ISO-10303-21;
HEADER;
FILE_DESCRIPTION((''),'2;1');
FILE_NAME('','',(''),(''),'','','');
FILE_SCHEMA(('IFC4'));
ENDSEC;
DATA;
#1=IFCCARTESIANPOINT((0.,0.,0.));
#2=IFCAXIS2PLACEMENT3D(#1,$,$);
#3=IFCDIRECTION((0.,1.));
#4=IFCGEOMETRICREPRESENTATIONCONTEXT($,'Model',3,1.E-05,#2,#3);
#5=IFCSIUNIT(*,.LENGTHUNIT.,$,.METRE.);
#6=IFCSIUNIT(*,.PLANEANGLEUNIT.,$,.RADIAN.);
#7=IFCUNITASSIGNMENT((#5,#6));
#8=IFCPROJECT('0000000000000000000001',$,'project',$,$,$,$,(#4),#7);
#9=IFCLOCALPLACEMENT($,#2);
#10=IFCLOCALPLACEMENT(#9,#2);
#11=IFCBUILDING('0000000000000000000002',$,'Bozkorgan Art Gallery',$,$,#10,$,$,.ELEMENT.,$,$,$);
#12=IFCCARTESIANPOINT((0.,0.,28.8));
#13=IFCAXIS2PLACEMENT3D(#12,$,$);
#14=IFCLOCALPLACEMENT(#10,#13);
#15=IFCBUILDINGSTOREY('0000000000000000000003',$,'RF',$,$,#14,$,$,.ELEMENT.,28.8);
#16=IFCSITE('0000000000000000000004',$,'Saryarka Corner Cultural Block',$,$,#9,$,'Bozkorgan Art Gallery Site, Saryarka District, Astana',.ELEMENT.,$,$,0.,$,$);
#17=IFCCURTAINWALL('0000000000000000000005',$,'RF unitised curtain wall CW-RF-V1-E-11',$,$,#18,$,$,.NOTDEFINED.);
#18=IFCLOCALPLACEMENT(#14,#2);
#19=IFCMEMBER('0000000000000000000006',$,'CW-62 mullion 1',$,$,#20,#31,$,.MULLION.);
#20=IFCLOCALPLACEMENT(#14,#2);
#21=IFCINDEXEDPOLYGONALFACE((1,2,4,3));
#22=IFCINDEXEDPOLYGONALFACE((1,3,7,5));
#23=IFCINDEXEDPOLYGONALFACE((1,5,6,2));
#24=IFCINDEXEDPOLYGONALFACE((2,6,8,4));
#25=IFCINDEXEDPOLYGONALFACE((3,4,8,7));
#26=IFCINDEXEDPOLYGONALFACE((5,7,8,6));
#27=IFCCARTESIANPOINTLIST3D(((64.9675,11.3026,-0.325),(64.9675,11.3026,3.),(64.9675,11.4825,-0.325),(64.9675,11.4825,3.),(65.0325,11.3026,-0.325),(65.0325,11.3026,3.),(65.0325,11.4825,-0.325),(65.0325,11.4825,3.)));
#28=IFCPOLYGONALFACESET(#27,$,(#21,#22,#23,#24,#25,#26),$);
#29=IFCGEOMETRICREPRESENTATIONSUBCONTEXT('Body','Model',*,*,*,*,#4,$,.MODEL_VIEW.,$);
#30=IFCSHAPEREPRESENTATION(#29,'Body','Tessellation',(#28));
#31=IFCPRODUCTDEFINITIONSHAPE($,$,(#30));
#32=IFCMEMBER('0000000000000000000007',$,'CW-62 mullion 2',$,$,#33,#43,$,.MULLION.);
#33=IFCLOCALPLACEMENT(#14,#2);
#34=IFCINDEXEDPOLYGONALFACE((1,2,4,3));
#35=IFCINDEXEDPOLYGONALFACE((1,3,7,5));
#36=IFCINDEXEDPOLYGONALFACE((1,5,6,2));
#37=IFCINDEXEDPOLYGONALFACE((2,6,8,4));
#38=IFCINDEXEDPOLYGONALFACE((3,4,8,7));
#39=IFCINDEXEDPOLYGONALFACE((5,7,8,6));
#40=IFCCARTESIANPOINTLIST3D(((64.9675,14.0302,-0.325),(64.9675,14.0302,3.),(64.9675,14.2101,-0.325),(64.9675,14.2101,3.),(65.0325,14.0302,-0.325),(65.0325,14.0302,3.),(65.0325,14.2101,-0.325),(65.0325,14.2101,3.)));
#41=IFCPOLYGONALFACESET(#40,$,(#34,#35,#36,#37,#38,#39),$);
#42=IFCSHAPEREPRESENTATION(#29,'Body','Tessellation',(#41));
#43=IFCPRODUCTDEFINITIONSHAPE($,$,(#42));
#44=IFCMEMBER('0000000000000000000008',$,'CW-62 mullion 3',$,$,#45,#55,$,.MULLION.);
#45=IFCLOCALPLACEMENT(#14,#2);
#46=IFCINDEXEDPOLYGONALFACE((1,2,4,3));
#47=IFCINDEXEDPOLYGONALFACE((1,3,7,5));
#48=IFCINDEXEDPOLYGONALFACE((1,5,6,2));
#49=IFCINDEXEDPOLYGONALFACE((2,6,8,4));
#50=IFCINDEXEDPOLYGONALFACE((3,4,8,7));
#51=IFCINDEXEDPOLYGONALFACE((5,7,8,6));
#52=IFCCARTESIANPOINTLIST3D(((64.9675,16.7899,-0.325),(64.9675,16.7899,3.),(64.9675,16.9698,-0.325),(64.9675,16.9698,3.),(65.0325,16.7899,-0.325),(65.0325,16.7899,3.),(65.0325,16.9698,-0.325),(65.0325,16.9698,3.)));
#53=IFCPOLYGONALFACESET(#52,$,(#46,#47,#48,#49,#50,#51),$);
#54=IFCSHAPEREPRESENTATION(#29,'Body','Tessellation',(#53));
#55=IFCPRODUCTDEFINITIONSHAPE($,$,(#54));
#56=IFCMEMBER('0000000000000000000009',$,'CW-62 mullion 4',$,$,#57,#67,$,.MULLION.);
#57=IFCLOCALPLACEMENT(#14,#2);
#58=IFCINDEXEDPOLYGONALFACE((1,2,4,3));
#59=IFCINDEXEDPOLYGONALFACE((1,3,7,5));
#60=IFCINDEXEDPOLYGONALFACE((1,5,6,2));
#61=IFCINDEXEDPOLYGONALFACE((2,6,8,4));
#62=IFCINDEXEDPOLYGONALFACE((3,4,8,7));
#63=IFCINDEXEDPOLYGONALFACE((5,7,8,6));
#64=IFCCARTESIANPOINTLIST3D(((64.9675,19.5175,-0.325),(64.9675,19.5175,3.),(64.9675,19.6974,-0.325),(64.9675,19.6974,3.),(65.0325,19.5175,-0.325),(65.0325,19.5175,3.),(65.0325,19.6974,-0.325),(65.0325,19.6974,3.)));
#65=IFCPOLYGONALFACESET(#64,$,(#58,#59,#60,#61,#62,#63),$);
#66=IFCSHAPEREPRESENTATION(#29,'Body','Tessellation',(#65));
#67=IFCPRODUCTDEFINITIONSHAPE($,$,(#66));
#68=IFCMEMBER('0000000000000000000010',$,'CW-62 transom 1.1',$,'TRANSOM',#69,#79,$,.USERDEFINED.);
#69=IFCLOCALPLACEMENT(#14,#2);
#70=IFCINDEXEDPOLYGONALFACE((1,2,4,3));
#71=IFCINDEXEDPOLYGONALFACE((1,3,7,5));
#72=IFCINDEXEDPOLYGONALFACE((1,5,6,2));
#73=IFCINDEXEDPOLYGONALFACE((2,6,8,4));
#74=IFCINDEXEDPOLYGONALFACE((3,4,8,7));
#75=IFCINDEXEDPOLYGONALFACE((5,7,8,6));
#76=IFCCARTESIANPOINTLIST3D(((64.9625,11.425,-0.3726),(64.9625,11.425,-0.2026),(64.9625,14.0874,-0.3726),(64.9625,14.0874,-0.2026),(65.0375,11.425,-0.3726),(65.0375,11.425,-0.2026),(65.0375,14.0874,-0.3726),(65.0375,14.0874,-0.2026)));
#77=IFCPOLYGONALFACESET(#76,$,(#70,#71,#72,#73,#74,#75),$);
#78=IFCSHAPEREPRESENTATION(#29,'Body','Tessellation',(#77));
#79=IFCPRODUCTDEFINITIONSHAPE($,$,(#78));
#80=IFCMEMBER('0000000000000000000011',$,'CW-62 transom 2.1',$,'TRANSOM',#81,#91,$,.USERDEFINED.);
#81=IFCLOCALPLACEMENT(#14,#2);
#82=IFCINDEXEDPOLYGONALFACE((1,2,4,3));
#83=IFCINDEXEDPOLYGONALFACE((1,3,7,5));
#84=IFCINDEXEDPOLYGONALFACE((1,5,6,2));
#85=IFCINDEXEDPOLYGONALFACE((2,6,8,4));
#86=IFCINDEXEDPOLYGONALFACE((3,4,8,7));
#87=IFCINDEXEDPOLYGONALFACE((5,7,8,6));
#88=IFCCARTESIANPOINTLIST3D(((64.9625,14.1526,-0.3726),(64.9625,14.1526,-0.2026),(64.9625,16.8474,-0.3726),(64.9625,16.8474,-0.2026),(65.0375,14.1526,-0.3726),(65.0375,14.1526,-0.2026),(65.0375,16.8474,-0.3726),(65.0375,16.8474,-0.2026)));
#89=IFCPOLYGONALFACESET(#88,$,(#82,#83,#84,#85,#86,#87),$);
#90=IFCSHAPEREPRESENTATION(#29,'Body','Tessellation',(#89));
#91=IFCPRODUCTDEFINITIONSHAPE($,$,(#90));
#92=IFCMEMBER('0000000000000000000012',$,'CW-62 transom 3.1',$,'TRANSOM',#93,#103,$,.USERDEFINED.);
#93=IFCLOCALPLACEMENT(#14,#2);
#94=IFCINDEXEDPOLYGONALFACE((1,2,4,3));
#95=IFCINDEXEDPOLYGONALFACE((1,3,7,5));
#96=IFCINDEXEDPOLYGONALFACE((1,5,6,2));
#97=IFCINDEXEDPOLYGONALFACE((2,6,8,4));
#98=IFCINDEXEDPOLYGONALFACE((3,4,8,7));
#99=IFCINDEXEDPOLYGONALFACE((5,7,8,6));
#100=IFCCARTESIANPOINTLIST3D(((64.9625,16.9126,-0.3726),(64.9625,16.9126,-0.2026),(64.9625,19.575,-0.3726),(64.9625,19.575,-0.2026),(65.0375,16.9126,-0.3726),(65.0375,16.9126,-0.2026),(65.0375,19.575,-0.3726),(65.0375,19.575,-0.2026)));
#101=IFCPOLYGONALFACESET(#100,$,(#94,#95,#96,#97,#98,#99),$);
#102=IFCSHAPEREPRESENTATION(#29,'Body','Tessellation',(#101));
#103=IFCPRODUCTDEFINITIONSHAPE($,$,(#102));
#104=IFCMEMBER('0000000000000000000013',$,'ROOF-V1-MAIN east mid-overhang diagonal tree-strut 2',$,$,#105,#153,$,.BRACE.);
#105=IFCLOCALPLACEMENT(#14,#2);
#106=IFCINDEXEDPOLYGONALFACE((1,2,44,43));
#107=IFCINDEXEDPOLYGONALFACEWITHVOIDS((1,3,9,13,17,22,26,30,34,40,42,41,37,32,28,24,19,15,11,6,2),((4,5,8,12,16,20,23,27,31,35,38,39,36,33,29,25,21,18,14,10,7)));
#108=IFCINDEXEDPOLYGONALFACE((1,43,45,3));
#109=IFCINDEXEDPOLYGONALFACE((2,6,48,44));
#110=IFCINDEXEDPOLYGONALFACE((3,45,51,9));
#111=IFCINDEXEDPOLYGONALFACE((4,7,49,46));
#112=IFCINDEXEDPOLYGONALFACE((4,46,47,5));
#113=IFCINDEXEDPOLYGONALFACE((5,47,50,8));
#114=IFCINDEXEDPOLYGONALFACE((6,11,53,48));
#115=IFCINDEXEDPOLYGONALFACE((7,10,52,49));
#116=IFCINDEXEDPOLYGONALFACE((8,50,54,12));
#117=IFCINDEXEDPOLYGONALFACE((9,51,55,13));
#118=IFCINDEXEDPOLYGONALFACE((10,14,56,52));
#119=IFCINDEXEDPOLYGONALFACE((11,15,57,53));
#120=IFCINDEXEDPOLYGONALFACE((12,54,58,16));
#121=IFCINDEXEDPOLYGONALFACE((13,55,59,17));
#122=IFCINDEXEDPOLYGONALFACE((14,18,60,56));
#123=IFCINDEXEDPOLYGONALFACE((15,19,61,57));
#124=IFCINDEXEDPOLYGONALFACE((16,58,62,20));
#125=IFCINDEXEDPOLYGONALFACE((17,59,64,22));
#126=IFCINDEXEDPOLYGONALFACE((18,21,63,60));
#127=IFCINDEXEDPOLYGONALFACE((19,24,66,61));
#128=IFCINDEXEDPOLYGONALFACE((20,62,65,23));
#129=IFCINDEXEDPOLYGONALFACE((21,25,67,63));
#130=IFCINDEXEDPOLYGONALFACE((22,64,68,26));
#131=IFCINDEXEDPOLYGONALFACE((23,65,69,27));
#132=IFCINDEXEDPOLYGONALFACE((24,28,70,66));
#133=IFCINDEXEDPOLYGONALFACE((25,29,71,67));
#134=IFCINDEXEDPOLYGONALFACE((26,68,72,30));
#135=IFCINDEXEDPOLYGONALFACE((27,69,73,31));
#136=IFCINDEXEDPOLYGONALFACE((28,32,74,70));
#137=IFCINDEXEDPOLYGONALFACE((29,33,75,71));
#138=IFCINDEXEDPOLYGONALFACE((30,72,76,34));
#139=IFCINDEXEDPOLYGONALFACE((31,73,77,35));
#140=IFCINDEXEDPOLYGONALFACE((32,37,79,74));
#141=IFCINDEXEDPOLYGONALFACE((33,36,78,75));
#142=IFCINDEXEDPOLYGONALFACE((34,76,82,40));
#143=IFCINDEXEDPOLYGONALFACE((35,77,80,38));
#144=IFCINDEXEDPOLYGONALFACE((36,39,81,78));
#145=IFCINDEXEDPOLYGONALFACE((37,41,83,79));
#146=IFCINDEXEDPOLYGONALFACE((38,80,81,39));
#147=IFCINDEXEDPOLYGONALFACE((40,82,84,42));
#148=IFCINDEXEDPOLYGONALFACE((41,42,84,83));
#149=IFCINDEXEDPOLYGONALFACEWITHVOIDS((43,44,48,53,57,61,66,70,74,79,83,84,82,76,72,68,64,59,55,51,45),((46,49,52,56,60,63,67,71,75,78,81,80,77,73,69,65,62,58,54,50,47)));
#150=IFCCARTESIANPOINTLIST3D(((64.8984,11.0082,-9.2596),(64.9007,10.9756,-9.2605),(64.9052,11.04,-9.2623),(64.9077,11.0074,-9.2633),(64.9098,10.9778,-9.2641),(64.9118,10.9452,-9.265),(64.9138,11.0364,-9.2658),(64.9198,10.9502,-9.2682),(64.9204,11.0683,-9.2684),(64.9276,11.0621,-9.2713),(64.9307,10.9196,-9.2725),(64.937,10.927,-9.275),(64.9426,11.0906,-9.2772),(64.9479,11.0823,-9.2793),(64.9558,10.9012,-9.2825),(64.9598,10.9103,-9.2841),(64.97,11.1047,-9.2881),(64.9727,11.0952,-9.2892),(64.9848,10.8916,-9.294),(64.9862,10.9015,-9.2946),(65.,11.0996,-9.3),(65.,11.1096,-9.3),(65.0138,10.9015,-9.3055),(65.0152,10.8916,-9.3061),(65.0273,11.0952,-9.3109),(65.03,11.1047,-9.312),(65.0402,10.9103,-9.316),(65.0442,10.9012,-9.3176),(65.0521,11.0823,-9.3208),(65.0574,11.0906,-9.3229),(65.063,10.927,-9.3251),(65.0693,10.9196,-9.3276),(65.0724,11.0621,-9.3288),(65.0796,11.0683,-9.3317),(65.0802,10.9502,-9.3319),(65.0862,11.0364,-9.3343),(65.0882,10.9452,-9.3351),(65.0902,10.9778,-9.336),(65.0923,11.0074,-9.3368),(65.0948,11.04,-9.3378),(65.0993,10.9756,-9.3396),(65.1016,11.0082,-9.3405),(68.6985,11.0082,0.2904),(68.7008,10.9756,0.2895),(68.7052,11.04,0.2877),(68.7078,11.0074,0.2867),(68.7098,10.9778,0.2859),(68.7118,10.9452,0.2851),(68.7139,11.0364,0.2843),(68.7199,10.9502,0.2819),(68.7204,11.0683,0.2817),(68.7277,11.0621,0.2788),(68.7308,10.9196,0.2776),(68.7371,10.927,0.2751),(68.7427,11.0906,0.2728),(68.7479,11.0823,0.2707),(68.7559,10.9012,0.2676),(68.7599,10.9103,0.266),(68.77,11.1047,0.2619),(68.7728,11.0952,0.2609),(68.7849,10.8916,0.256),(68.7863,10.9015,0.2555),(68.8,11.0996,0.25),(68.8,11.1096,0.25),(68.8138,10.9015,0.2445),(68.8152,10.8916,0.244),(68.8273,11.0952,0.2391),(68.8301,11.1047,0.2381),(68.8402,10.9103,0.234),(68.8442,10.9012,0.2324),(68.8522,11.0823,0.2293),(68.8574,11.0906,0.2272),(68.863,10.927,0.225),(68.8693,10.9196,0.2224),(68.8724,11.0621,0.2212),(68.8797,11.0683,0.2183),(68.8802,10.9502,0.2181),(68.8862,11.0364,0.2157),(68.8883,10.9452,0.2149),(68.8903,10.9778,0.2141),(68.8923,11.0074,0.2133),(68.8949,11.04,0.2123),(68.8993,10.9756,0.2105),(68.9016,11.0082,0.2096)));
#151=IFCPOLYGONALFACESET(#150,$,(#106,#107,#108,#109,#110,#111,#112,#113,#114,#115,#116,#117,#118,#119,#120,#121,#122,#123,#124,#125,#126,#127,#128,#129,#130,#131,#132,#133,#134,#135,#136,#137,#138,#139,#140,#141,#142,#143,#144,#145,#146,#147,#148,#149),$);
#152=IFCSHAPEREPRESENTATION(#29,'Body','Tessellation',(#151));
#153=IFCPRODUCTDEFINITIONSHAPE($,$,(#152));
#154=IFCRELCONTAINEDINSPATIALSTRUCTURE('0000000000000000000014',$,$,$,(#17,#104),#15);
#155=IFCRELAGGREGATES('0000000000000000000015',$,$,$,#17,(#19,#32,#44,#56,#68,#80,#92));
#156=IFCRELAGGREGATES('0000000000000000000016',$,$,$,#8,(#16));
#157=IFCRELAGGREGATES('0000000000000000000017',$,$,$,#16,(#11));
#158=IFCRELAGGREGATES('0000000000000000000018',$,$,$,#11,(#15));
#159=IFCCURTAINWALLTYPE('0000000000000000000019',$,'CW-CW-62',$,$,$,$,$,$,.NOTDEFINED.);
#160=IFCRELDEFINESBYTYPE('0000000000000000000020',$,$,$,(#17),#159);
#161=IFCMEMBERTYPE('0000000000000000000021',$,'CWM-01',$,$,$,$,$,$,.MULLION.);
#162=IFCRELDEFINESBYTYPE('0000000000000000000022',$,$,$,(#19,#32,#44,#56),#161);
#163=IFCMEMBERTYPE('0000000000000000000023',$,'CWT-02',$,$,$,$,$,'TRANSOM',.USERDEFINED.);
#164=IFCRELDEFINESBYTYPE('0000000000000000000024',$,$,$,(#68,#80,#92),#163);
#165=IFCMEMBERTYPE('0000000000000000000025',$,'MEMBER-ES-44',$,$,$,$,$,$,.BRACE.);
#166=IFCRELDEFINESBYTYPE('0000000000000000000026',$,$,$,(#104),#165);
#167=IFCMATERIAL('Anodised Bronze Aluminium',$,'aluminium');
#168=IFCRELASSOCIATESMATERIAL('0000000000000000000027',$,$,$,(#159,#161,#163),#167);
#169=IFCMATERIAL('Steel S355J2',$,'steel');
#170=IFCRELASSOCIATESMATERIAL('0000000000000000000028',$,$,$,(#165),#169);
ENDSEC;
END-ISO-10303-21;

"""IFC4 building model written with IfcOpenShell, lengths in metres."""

from ifc_helpers import new_model, si_unit, direction, frame, origin, origin_2d, place, context, subcontext, project, spatial, rectangle, hollow_circle, extrude, material, material_profile, profile_set, type_object, element, aggregate, save


model = new_model("IFC4")

# Units and contexts
model_context = context("Model", 3, precision=1e-05, world=origin(), true_north=direction((0.0, 1.0)))
body_context = subcontext(model_context, "Body", "Model", "MODEL_VIEW")
ifc_project = project(units=[si_unit("LENGTHUNIT", "METRE"), si_unit("PLANEANGLEUNIT", "RADIAN")], contexts=[model_context])

# Site, building, storey
site_placement = place(None, origin())
site = spatial("IfcSite", under=ifc_project, at=site_placement, Name="Saryarka Corner Cultural Block", LongName="Bozkorgan Art Gallery Site, Saryarka District, Astana", CompositionType="ELEMENT", RefElevation=0.0)
building_placement = place(site_placement, origin())
building = spatial("IfcBuilding", under=site, at=building_placement, Name="Bozkorgan Art Gallery", CompositionType="ELEMENT")
storey_placement = place(building_placement, frame((0.0, 0.0, 28.8)))
storey = spatial("IfcBuildingStorey", under=building, at=storey_placement, Name="RF", CompositionType="ELEMENT", Elevation=28.8)

# Curtain wall, members
ifc_material_1 = material(Name="Anodised Bronze Aluminium", Category="aluminium")
curtain_wall_type = type_object("IfcCurtainWallType", Name="CW-CW-62", PredefinedType="NOTDEFINED", material=ifc_material_1)
curtain_wall_placement = place(storey_placement, origin())
curtain_wall = element("IfcCurtainWall", 1, at=curtain_wall_placement, inside=storey, type_object=curtain_wall_type, Name="RF unitised curtain wall CW-RF-V1-E-11", PredefinedType="NOTDEFINED")
ifc_material_profile_1 = material_profile(ifc_material_1, rectangle(XDim=0.0649, YDim=0.1799, at=origin_2d()), Name="ALU MULLION 65x180")
ifc_profile_set_1 = profile_set([ifc_material_profile_1], Name="Anodised Bronze Aluminium")
member_type_1 = type_object("IfcMemberType", Name="CWM-01", PredefinedType="MULLION", material=ifc_profile_set_1)
member_1_placement = place(storey_placement, frame((65.0, 11.3926, -0.325), z_axis=(0.0, 0.0, 1.0), x_axis=(-1.0, 0.0, 0.0)))
member_1 = element("IfcMember", 2, at=member_1_placement, type_object=member_type_1, Name="CW-62 mullion 1", PredefinedType="MULLION", context=body_context, shape_type="SweptSolid", body=[
    extrude(rectangle(XDim=0.0649, YDim=0.1799, at=origin_2d()), origin(), (0.0, 0.0, 1.0), 3.325),
])
member_2_placement = place(storey_placement, frame((65.0, 14.1201, -0.325), z_axis=(0.0, 0.0, 1.0), x_axis=(-1.0, 0.0, 0.0)))
member_2 = element("IfcMember", 3, at=member_2_placement, type_object=member_type_1, Name="CW-62 mullion 2", PredefinedType="MULLION", context=body_context, shape_type="SweptSolid", body=[
    extrude(rectangle(XDim=0.0649, YDim=0.1799, at=origin_2d()), origin(), (0.0, 0.0, 1.0), 3.325),
])
member_3_placement = place(storey_placement, frame((65.0, 16.8799, -0.325), z_axis=(0.0, 0.0, 1.0), x_axis=(-1.0, 0.0, 0.0)))
member_3 = element("IfcMember", 4, at=member_3_placement, type_object=member_type_1, Name="CW-62 mullion 3", PredefinedType="MULLION", context=body_context, shape_type="SweptSolid", body=[
    extrude(rectangle(XDim=0.0649, YDim=0.1799, at=origin_2d()), origin(), (0.0, 0.0, 1.0), 3.325),
])
member_4_placement = place(storey_placement, frame((65.0, 19.6074, -0.325), z_axis=(0.0, 0.0, 1.0), x_axis=(-1.0, 0.0, 0.0)))
member_4 = element("IfcMember", 5, at=member_4_placement, type_object=member_type_1, Name="CW-62 mullion 4", PredefinedType="MULLION", context=body_context, shape_type="SweptSolid", body=[
    extrude(rectangle(XDim=0.0649, YDim=0.1799, at=origin_2d()), origin(), (0.0, 0.0, 1.0), 3.325),
])
ifc_material_profile_2 = material_profile(ifc_material_1, rectangle(XDim=0.075, YDim=0.1699, at=origin_2d()), Name="ALU TRANSOM 75x170")
ifc_profile_set_2 = profile_set([ifc_material_profile_2], Name="Anodised Bronze Aluminium")
member_type_2 = type_object("IfcMemberType", Name="CWT-02", ElementType="TRANSOM", PredefinedType="USERDEFINED", material=ifc_profile_set_2)
member_5_placement = place(storey_placement, frame((65.0, 11.425, -0.2876), z_axis=(0.0, 1.0, 0.0), x_axis=(-1.0, 0.0, 0.0)))
member_5 = element("IfcMember", 6, at=member_5_placement, type_object=member_type_2, Name="CW-62 transom 1.1", ObjectType="TRANSOM", PredefinedType="USERDEFINED", context=body_context, shape_type="SweptSolid", body=[
    extrude(rectangle(XDim=0.075, YDim=0.1699, at=origin_2d()), origin(), (0.0, 0.0, 1.0), 2.6624),
])
member_6_placement = place(storey_placement, frame((65.0, 14.1526, -0.2876), z_axis=(0.0, 1.0, 0.0), x_axis=(-1.0, 0.0, 0.0)))
member_6 = element("IfcMember", 7, at=member_6_placement, type_object=member_type_2, Name="CW-62 transom 2.1", ObjectType="TRANSOM", PredefinedType="USERDEFINED", context=body_context, shape_type="SweptSolid", body=[
    extrude(rectangle(XDim=0.075, YDim=0.1699, at=origin_2d()), origin(), (0.0, 0.0, 1.0), 2.6948),
])
member_7_placement = place(storey_placement, frame((65.0, 16.9126, -0.2876), z_axis=(0.0, 1.0, 0.0), x_axis=(-1.0, 0.0, 0.0)))
member_7 = element("IfcMember", 8, at=member_7_placement, type_object=member_type_2, Name="CW-62 transom 3.1", ObjectType="TRANSOM", PredefinedType="USERDEFINED", context=body_context, shape_type="SweptSolid", body=[
    extrude(rectangle(XDim=0.075, YDim=0.1699, at=origin_2d()), origin(), (0.0, 0.0, 1.0), 2.6624),
])

# Member
ifc_material_2 = material(Name="Steel S355J2", Category="steel")
ifc_material_profile_3 = material_profile(ifc_material_2, hollow_circle(Radius=0.1096, WallThickness=0.01, at=origin_2d()), Name="CHS 219.1x10")
ifc_profile_set_3 = profile_set([ifc_material_profile_3], Name="Steel S355J2")
member_type_3 = type_object("IfcMemberType", Name="MEMBER-ES-44", PredefinedType="BRACE", material=ifc_profile_set_3)
member_8_placement = place(storey_placement, frame((65.0, 11.0, -9.3), z_axis=(0.369715, 0.0, 0.929145), x_axis=(0.0, 1.0, 0.0)))
element("IfcMember", 9, at=member_8_placement, inside=storey, type_object=member_type_3, Name="ROOF-V1-MAIN east mid-overhang diagonal tree-strut 2", PredefinedType="BRACE", context=body_context, shape_type="SweptSolid", body=[
    extrude(hollow_circle(Radius=0.1096, WallThickness=0.01, at=origin_2d()), origin(), (0.0, 0.0, 1.0), 10.2783),
])

aggregate(curtain_wall, [member_1, member_2, member_3, member_4, member_5, member_6, member_7])

save(model, "model.ifc")
